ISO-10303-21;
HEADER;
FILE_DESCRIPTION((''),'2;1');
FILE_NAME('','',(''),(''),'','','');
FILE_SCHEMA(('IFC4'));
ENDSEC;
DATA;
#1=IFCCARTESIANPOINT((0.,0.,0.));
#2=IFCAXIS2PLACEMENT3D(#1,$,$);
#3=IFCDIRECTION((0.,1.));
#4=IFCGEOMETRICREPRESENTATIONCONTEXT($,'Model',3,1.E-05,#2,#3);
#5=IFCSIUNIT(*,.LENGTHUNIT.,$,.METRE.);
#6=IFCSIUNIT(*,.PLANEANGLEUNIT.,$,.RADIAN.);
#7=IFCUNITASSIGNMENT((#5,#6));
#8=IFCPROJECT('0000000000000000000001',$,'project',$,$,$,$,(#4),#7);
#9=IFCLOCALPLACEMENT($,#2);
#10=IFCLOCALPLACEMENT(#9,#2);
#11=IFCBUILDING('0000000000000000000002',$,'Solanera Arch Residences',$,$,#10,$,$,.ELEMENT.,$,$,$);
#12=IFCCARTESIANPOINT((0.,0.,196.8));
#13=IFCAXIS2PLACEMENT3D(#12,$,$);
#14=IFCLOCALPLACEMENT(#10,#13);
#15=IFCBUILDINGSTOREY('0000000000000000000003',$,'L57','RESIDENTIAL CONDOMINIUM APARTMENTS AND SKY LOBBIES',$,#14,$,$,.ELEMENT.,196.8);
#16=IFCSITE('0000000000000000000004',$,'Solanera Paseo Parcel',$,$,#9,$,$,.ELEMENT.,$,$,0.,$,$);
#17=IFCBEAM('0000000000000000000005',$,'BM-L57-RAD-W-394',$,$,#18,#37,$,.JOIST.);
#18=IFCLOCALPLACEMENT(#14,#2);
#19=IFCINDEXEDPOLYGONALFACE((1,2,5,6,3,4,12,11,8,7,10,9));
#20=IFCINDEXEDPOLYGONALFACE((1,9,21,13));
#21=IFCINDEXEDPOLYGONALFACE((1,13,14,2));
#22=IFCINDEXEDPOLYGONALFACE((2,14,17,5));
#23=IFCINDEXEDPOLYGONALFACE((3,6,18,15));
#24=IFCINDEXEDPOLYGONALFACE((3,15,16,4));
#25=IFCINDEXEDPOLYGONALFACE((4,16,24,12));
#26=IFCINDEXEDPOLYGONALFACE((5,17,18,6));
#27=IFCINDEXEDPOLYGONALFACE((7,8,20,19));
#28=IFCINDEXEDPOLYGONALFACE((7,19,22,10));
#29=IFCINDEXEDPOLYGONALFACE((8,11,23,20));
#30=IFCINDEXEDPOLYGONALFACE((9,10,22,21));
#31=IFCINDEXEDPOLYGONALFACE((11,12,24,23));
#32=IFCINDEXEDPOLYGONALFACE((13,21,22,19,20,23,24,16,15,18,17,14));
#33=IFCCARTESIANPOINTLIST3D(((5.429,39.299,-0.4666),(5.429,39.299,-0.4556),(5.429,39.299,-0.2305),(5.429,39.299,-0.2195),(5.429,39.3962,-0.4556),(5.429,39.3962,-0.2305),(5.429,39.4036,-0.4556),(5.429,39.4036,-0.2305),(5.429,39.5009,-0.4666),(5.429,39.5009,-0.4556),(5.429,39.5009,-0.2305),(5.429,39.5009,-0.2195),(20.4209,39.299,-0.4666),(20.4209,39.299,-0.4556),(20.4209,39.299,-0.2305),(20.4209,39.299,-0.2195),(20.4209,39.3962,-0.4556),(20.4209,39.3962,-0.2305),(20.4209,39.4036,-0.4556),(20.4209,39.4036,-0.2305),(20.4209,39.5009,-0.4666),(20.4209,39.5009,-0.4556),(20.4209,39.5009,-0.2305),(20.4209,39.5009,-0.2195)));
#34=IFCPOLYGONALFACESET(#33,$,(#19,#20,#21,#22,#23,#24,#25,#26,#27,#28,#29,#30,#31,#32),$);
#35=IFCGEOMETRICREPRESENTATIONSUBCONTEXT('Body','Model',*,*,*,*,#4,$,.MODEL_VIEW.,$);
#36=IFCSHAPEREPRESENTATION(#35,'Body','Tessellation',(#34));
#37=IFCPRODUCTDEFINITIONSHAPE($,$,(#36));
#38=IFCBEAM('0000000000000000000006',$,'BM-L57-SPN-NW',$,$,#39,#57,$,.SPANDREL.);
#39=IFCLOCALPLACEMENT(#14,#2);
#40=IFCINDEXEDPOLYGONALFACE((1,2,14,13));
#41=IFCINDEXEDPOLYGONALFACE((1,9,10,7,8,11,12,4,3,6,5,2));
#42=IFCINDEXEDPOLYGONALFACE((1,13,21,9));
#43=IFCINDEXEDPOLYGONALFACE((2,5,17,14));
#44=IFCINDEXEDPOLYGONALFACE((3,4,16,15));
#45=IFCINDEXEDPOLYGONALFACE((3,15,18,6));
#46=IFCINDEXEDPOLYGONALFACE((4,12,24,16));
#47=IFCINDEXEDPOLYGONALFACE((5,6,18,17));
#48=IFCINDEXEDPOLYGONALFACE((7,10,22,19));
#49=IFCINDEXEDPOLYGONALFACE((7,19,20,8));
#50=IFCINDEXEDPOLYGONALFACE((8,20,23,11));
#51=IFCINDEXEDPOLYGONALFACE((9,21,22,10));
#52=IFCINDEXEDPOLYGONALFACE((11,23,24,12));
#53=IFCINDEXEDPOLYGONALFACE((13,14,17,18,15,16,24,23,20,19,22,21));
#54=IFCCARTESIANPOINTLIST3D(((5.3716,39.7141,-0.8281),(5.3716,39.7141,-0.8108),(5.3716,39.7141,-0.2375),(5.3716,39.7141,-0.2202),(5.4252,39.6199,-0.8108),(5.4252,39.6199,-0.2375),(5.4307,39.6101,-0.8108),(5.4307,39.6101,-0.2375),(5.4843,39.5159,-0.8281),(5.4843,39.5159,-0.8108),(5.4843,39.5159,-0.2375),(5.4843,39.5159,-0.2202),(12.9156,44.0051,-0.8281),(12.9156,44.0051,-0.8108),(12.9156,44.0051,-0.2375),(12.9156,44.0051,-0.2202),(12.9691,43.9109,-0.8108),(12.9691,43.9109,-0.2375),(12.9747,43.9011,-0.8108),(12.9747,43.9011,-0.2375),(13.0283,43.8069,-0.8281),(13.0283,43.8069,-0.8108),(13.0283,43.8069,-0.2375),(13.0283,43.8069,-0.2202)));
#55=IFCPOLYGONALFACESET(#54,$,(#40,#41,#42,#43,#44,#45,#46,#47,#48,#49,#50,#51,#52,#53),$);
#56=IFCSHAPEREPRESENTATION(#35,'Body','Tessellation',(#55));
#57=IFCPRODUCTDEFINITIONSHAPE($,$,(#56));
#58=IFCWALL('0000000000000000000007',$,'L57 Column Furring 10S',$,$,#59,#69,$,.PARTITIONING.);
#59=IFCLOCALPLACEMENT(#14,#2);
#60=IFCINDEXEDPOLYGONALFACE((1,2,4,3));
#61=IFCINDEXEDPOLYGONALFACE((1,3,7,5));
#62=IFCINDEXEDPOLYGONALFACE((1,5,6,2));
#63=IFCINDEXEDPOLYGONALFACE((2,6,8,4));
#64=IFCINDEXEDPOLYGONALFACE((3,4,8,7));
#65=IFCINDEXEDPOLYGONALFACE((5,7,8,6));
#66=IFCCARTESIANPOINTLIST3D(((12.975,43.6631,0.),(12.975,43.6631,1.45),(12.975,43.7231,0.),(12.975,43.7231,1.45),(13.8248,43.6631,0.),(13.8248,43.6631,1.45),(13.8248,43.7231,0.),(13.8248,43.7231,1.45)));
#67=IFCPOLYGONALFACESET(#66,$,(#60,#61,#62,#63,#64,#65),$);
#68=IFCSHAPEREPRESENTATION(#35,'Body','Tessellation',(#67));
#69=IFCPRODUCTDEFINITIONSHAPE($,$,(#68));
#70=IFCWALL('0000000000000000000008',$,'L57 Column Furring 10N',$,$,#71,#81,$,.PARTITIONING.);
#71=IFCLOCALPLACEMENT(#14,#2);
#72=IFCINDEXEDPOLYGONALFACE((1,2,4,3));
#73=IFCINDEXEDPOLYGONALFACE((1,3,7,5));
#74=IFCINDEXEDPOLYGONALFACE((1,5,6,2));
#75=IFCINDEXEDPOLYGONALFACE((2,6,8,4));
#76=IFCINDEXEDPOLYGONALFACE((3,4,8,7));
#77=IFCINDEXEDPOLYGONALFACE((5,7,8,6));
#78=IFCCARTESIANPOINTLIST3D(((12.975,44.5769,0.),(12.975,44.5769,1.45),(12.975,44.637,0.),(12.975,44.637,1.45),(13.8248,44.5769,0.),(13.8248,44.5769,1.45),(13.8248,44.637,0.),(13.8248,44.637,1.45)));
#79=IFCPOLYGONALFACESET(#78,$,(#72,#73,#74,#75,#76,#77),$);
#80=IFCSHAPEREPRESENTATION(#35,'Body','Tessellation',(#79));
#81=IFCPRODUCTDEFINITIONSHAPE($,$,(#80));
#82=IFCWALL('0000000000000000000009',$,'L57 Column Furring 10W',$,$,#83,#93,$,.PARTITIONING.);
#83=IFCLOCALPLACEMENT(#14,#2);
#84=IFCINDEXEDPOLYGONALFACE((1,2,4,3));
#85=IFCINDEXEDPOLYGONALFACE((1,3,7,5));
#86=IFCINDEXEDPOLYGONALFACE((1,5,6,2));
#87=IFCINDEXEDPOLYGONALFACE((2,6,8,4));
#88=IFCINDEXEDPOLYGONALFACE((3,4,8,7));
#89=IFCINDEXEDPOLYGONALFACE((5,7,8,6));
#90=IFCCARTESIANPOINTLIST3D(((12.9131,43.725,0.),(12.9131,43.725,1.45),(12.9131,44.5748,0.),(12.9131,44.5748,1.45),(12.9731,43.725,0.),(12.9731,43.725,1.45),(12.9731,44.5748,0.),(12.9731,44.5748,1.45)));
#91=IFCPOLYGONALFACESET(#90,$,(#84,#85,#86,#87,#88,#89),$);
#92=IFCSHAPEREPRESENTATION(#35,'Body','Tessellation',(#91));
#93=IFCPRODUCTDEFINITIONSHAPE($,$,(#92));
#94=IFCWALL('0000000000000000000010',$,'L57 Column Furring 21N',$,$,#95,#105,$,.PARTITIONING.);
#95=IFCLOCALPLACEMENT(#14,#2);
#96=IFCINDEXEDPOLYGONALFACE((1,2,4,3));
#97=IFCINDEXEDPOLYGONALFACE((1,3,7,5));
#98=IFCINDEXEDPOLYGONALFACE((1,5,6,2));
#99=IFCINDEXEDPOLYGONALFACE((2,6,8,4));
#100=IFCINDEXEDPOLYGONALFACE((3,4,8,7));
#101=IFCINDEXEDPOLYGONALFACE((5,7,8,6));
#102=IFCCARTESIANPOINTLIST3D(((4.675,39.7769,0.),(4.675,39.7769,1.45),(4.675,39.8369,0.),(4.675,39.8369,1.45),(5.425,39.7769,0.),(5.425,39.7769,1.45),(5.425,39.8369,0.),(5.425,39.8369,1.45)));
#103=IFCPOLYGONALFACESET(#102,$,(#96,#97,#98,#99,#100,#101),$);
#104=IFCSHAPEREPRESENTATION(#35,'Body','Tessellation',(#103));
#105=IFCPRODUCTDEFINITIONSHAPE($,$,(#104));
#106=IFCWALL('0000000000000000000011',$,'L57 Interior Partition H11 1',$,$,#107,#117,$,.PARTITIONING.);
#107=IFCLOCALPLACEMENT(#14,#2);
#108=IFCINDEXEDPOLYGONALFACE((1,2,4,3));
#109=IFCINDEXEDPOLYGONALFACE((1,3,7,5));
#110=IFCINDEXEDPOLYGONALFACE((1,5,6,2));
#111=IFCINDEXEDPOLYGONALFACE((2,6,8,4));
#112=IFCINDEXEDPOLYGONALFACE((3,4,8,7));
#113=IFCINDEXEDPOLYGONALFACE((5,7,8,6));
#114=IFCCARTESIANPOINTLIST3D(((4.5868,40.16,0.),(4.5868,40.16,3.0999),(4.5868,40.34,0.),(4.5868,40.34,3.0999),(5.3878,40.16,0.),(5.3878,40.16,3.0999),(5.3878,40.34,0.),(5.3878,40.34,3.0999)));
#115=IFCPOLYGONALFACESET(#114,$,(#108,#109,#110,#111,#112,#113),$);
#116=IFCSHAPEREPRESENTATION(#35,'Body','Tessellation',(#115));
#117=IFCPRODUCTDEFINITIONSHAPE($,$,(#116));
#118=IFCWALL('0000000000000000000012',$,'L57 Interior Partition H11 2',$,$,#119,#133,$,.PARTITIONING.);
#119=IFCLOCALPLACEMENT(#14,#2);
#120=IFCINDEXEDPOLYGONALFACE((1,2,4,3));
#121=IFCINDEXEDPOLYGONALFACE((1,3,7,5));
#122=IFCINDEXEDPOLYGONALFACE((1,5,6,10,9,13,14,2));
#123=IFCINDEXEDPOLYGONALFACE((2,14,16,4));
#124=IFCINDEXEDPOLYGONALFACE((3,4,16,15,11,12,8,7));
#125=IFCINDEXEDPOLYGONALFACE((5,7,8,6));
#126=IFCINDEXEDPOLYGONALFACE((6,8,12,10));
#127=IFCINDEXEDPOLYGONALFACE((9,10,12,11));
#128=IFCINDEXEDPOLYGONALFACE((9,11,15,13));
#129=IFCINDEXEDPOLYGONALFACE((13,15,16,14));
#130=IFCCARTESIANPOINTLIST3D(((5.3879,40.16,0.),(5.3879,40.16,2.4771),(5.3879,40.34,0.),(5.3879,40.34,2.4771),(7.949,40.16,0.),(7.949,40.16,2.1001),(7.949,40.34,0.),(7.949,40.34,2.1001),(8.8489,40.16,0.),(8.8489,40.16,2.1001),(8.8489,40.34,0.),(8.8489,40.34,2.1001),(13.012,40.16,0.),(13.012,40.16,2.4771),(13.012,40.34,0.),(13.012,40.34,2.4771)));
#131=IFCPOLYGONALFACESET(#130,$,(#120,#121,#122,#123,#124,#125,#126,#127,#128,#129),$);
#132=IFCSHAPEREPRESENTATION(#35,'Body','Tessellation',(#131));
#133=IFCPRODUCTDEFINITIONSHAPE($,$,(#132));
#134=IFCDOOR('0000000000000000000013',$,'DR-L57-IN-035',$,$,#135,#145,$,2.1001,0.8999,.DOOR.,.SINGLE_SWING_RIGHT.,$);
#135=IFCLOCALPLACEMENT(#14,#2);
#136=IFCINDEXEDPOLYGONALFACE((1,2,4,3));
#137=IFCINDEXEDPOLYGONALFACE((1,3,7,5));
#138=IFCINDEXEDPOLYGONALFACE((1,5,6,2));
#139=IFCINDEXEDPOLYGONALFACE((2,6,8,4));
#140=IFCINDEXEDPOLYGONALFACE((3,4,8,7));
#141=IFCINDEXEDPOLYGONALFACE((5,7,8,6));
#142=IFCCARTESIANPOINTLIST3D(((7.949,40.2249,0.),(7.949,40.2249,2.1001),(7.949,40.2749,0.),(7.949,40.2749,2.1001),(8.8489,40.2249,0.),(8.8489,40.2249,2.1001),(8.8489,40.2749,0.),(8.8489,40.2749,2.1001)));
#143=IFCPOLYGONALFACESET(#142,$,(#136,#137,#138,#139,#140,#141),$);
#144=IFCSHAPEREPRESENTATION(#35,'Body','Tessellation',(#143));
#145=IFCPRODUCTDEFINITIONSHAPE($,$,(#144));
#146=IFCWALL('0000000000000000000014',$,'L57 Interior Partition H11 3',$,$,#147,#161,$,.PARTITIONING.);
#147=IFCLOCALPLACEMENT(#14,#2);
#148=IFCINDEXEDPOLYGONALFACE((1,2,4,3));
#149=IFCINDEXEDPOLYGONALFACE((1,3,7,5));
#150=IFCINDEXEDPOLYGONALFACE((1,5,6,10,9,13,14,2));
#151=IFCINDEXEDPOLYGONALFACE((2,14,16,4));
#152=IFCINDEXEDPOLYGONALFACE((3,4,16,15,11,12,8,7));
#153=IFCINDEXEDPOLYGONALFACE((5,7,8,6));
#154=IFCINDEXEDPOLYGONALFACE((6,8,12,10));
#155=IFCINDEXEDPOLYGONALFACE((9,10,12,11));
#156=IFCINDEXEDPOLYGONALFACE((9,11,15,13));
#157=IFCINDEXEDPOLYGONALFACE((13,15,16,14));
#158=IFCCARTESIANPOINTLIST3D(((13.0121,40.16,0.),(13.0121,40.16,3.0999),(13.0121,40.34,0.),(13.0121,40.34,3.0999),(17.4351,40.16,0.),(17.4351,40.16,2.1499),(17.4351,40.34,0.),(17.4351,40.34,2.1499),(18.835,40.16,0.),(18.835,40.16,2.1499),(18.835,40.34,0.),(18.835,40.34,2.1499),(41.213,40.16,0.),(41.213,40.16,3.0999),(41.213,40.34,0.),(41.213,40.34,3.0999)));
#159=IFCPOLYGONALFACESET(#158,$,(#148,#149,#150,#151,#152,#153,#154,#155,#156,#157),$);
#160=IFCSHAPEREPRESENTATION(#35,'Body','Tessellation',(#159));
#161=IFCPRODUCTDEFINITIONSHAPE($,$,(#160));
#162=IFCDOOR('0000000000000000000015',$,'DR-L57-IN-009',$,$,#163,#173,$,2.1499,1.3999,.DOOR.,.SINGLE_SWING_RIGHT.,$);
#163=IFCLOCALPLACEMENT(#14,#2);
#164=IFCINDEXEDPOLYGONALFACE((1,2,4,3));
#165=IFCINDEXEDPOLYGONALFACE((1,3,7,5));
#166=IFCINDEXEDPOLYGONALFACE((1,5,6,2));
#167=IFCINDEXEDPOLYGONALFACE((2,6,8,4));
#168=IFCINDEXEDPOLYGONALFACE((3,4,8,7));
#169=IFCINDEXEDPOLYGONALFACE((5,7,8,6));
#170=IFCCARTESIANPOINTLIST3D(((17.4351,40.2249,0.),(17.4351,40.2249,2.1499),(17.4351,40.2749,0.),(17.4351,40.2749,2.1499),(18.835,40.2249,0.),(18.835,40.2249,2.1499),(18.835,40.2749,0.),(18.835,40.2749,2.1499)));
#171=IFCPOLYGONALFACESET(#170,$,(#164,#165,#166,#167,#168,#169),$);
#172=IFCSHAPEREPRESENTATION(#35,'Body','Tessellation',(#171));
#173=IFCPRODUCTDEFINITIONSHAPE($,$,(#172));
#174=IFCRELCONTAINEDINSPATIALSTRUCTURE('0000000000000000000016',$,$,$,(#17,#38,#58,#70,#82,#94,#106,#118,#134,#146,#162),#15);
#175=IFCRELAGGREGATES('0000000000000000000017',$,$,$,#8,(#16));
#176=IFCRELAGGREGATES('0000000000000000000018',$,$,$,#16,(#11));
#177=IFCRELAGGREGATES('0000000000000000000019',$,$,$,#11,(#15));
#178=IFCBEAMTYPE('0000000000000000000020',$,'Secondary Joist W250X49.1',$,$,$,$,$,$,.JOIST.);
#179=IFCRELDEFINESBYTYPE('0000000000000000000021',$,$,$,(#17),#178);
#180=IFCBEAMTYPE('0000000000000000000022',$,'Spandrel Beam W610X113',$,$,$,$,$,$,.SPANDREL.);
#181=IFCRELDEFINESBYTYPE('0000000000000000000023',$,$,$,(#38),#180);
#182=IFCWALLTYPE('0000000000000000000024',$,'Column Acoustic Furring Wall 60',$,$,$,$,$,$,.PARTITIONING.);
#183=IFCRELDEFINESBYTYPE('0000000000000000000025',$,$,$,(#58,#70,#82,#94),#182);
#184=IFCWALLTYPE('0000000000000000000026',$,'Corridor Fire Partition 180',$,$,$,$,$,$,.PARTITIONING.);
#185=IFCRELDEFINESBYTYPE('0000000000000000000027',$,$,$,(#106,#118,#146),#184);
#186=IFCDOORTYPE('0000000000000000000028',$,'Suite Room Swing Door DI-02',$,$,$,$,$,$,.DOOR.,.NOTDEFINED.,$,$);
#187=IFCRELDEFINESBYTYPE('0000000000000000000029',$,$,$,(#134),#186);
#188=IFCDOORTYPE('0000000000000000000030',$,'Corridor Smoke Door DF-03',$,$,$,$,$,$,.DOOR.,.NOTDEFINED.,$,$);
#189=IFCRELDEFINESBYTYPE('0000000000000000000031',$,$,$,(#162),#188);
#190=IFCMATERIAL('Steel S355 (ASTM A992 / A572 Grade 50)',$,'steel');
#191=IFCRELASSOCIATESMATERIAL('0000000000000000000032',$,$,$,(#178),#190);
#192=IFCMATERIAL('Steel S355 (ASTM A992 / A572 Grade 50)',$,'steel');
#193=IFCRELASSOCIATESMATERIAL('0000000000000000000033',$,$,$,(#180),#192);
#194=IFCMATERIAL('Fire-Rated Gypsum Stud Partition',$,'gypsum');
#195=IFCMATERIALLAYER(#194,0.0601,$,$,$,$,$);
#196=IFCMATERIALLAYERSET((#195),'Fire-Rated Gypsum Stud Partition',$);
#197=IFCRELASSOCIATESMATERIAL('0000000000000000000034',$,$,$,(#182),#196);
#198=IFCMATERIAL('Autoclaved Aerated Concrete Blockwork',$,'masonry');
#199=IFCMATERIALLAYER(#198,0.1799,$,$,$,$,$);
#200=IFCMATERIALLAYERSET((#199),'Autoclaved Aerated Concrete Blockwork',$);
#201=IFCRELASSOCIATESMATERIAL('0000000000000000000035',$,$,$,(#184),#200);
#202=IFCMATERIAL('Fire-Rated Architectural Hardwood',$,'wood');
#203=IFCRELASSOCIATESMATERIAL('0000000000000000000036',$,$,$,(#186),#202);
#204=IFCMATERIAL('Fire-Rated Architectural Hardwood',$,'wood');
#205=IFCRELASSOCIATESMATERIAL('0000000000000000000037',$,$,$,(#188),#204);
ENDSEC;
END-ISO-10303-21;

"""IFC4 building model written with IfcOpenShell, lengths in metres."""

from ifc_helpers import new_model, si_unit, direction, frame, frame_2d, origin, origin_2d, place, context, subcontext, project, spatial, rectangle, i_section, extrude, material, layer, layer_set, material_profile, profile_set, type_object, element, fill, save


model = new_model("IFC4")

# Units and contexts
model_context = context("Model", 3, precision=1e-05, world=origin(), true_north=direction((0.0, 1.0)))
body_context = subcontext(model_context, "Body", "Model", "MODEL_VIEW")
ifc_project = project(units=[si_unit("LENGTHUNIT", "METRE"), si_unit("PLANEANGLEUNIT", "RADIAN")], contexts=[model_context])

# Site, building, storey
site_placement = place(None, origin())
site = spatial("IfcSite", under=ifc_project, at=site_placement, Name="Solanera Paseo Parcel", CompositionType="ELEMENT", RefElevation=0.0)
building_placement = place(site_placement, origin())
building = spatial("IfcBuilding", under=site, at=building_placement, Name="Solanera Arch Residences", CompositionType="ELEMENT")
storey_placement = place(building_placement, frame((0.0, 0.0, 196.8)))
storey = spatial("IfcBuildingStorey", under=building, at=storey_placement, Name="L57", Description="RESIDENTIAL CONDOMINIUM APARTMENTS AND SKY LOBBIES", CompositionType="ELEMENT", Elevation=196.8)

# Beams
ifc_material_1 = material(Name="Steel S355 (ASTM A992 / A572 Grade 50)", Category="steel")
ifc_material_profile_1 = material_profile(ifc_material_1, i_section(OverallWidth=0.2019, OverallDepth=0.2471, WebThickness=0.0073, FlangeThickness=0.011, at=origin_2d()))
ifc_profile_set_1 = profile_set([ifc_material_profile_1], Name="Steel S355 (ASTM A992 / A572 Grade 50)")
beam_type_1 = type_object("IfcBeamType", Name="Secondary Joist W250X49.1", PredefinedType="JOIST", material=ifc_profile_set_1)
beam_1_placement = place(storey_placement, frame((5.429, 39.3999, -0.343), z_axis=(1.0, 0.0, 0.0), x_axis=(0.0, 1.0, 0.0)))
element("IfcBeam", 1, at=beam_1_placement, inside=storey, type_object=beam_type_1, Name="BM-L57-RAD-W-394", PredefinedType="JOIST", context=body_context, shape_type="SweptSolid", body=[
    extrude(i_section(OverallWidth=0.2019, OverallDepth=0.2471, WebThickness=0.0073, FlangeThickness=0.011, at=origin_2d()), origin(), (0.0, 0.0, 1.0), 14.9919),
])
ifc_material_2 = material(Name="Steel S355 (ASTM A992 / A572 Grade 50)", Category="steel")
ifc_material_profile_2 = material_profile(ifc_material_2, i_section(OverallWidth=0.228, OverallDepth=0.6079, WebThickness=0.0112, FlangeThickness=0.0173, at=origin_2d()))
ifc_profile_set_2 = profile_set([ifc_material_profile_2], Name="Steel S355 (ASTM A992 / A572 Grade 50)")
beam_type_2 = type_object("IfcBeamType", Name="Spandrel Beam W610X113", PredefinedType="SPANDREL", material=ifc_profile_set_2)
beam_2_placement = place(storey_placement, frame((12.9719, 43.906, -0.5242), z_axis=(-0.869225, -0.494417, 0.0), x_axis=(0.494417, -0.869225, 0.0)))
element("IfcBeam", 2, at=beam_2_placement, inside=storey, type_object=beam_type_2, Name="BM-L57-SPN-NW", PredefinedType="SPANDREL", context=body_context, shape_type="SweptSolid", body=[
    extrude(i_section(OverallWidth=0.228, OverallDepth=0.6079, WebThickness=0.0112, FlangeThickness=0.0173, at=origin_2d()), origin(), (0.0, 0.0, 1.0), 8.679),
])

# Walls
ifc_material_3 = material(Name="Fire-Rated Gypsum Stud Partition", Category="gypsum")
ifc_layer_1 = layer(ifc_material_3, 0.0601)
ifc_layer_set_1 = layer_set([ifc_layer_1], Name="Fire-Rated Gypsum Stud Partition")
wall_type_1 = type_object("IfcWallType", Name="Column Acoustic Furring Wall 60", PredefinedType="PARTITIONING", material=ifc_layer_set_1)
for number, where, z_axis, x_axis, name in (
    (3, (12.9751, 43.6931, 0.0), (0.0, 0.0, 1.0), (1.0, 0.0, 0.0), "L57 Column Furring 10S"),
    (4, (12.9751, 44.6069, 0.0), (0.0, 0.0, 1.0), (1.0, 0.0, 0.0), "L57 Column Furring 10N"),
    (5, (12.9431, 43.7251, 0.0), (0.0, 0.0, 1.0), (0.0, 1.0, 0.0), "L57 Column Furring 10W"),
):
    element("IfcWall", number, at=place(storey_placement, frame(where, z_axis=z_axis, x_axis=x_axis)), inside=storey, type_object=wall_type_1, Name=name, PredefinedType="PARTITIONING", context=body_context, shape_type="SweptSolid", body=[
        extrude(rectangle(XDim=0.8499, YDim=0.0601, at=frame_2d((0.4248, 0.0))), origin(), (0.0, 0.0, 1.0), 1.45),
    ])
wall_1_placement = place(storey_placement, frame((4.675, 39.8069, 0.0), z_axis=(0.0, 0.0, 1.0), x_axis=(1.0, 0.0, 0.0)))
element("IfcWall", 6, at=wall_1_placement, inside=storey, type_object=wall_type_1, Name="L57 Column Furring 21N", PredefinedType="PARTITIONING", context=body_context, shape_type="SweptSolid", body=[
    extrude(rectangle(XDim=0.75, YDim=0.0601, at=frame_2d((0.375, 0.0))), origin(), (0.0, 0.0, 1.0), 1.45),
])
ifc_material_4 = material(Name="Autoclaved Aerated Concrete Blockwork", Category="masonry")
ifc_layer_2 = layer(ifc_material_4, 0.1799)
ifc_layer_set_2 = layer_set([ifc_layer_2], Name="Autoclaved Aerated Concrete Blockwork")
wall_type_2 = type_object("IfcWallType", Name="Corridor Fire Partition 180", PredefinedType="PARTITIONING", material=ifc_layer_set_2)
wall_2_placement = place(storey_placement, frame((4.5869, 40.25, 0.0), z_axis=(0.0, 0.0, 1.0), x_axis=(1.0, 0.0, 0.0)))
element("IfcWall", 7, at=wall_2_placement, inside=storey, type_object=wall_type_2, Name="L57 Interior Partition H11 1", PredefinedType="PARTITIONING", context=body_context, shape_type="SweptSolid", body=[
    extrude(rectangle(XDim=0.801, YDim=0.1799, at=frame_2d((0.4004, 0.0))), origin(), (0.0, 0.0, 1.0), 3.0999),
])

# Walls, openings, doors
wall_3_placement = place(storey_placement, frame((5.3879, 40.25, 0.0), z_axis=(0.0, 0.0, 1.0), x_axis=(1.0, 0.0, 0.0)))
wall_3 = element("IfcWall", 8, at=wall_3_placement, inside=storey, type_object=wall_type_2, Name="L57 Interior Partition H11 2", PredefinedType="PARTITIONING", context=body_context, shape_type="SweptSolid", body=[
    extrude(rectangle(XDim=7.624, YDim=0.1799, at=frame_2d((3.812, 0.0))), origin(), (0.0, 0.0, 1.0), 2.4771),
])
opening_1_placement = place(wall_3_placement, frame((2.561, 0.0, 0.0)))
opening_1 = element("IfcOpeningElement", 9, at=opening_1_placement, cuts=wall_3, PredefinedType="OPENING", context=body_context, shape_type="SweptSolid", body=[
    extrude(rectangle(XDim=0.8999, YDim=2.1001, at=frame_2d((0.45, 1.05))), frame((0.0, 0.1001, 0.0), z_axis=(0.0, -1.0, 0.0), x_axis=(1.0, 0.0, 0.0)), (0.0, 0.0, 1.0), 0.1999),
])
ifc_material_5 = material(Name="Fire-Rated Architectural Hardwood", Category="wood")
door_type_1 = type_object("IfcDoorType", Name="Suite Room Swing Door DI-02", OperationType="NOTDEFINED", PredefinedType="DOOR", material=ifc_material_5)
door_1_placement = place(opening_1_placement, origin())
door_1 = element("IfcDoor", 10, at=door_1_placement, inside=storey, type_object=door_type_1, Name="DR-L57-IN-035", OperationType="SINGLE_SWING_RIGHT", OverallHeight=2.1001, OverallWidth=0.8999, PredefinedType="DOOR", context=body_context, shape_type="SweptSolid", body=[
    extrude(rectangle(XDim=0.8999, YDim=2.1001, at=frame_2d((0.45, 1.05))), frame((0.0, 0.0249, 0.0), z_axis=(0.0, -1.0, 0.0), x_axis=(1.0, 0.0, 0.0)), (0.0, 0.0, 1.0), 0.05),
])
fill(opening_1, door_1)
wall_4_placement = place(storey_placement, frame((13.012, 40.25, 0.0), z_axis=(0.0, 0.0, 1.0), x_axis=(1.0, 0.0, 0.0)))
wall_4 = element("IfcWall", 11, at=wall_4_placement, inside=storey, type_object=wall_type_2, Name="L57 Interior Partition H11 3", PredefinedType="PARTITIONING", context=body_context, shape_type="SweptSolid", body=[
    extrude(rectangle(XDim=28.2009, YDim=0.1799, at=frame_2d((14.1006, 0.0))), origin(), (0.0, 0.0, 1.0), 3.0999),
])
opening_2_placement = place(wall_4_placement, frame((4.4231, 0.0, 0.0)))
opening_2 = element("IfcOpeningElement", 12, at=opening_2_placement, cuts=wall_4, PredefinedType="OPENING", context=body_context, shape_type="SweptSolid", body=[
    extrude(rectangle(XDim=1.3999, YDim=2.1499, at=frame_2d((0.7, 1.075))), frame((0.0, 0.1001, 0.0), z_axis=(0.0, -1.0, 0.0), x_axis=(1.0, 0.0, 0.0)), (0.0, 0.0, 1.0), 0.1999),
])
ifc_material_6 = material(Name="Fire-Rated Architectural Hardwood", Category="wood")
door_type_2 = type_object("IfcDoorType", Name="Corridor Smoke Door DF-03", OperationType="NOTDEFINED", PredefinedType="DOOR", material=ifc_material_6)
door_2_placement = place(opening_2_placement, origin())
door_2 = element("IfcDoor", 13, at=door_2_placement, inside=storey, type_object=door_type_2, Name="DR-L57-IN-009", OperationType="SINGLE_SWING_RIGHT", OverallHeight=2.1499, OverallWidth=1.3999, PredefinedType="DOOR", context=body_context, shape_type="SweptSolid", body=[
    extrude(rectangle(XDim=1.3999, YDim=2.1499, at=frame_2d((0.7, 1.075))), frame((0.0, 0.0249, 0.0), z_axis=(0.0, -1.0, 0.0), x_axis=(1.0, 0.0, 0.0)), (0.0, 0.0, 1.0), 0.05),
])
fill(opening_2, door_2)

save(model, "model.ifc")
